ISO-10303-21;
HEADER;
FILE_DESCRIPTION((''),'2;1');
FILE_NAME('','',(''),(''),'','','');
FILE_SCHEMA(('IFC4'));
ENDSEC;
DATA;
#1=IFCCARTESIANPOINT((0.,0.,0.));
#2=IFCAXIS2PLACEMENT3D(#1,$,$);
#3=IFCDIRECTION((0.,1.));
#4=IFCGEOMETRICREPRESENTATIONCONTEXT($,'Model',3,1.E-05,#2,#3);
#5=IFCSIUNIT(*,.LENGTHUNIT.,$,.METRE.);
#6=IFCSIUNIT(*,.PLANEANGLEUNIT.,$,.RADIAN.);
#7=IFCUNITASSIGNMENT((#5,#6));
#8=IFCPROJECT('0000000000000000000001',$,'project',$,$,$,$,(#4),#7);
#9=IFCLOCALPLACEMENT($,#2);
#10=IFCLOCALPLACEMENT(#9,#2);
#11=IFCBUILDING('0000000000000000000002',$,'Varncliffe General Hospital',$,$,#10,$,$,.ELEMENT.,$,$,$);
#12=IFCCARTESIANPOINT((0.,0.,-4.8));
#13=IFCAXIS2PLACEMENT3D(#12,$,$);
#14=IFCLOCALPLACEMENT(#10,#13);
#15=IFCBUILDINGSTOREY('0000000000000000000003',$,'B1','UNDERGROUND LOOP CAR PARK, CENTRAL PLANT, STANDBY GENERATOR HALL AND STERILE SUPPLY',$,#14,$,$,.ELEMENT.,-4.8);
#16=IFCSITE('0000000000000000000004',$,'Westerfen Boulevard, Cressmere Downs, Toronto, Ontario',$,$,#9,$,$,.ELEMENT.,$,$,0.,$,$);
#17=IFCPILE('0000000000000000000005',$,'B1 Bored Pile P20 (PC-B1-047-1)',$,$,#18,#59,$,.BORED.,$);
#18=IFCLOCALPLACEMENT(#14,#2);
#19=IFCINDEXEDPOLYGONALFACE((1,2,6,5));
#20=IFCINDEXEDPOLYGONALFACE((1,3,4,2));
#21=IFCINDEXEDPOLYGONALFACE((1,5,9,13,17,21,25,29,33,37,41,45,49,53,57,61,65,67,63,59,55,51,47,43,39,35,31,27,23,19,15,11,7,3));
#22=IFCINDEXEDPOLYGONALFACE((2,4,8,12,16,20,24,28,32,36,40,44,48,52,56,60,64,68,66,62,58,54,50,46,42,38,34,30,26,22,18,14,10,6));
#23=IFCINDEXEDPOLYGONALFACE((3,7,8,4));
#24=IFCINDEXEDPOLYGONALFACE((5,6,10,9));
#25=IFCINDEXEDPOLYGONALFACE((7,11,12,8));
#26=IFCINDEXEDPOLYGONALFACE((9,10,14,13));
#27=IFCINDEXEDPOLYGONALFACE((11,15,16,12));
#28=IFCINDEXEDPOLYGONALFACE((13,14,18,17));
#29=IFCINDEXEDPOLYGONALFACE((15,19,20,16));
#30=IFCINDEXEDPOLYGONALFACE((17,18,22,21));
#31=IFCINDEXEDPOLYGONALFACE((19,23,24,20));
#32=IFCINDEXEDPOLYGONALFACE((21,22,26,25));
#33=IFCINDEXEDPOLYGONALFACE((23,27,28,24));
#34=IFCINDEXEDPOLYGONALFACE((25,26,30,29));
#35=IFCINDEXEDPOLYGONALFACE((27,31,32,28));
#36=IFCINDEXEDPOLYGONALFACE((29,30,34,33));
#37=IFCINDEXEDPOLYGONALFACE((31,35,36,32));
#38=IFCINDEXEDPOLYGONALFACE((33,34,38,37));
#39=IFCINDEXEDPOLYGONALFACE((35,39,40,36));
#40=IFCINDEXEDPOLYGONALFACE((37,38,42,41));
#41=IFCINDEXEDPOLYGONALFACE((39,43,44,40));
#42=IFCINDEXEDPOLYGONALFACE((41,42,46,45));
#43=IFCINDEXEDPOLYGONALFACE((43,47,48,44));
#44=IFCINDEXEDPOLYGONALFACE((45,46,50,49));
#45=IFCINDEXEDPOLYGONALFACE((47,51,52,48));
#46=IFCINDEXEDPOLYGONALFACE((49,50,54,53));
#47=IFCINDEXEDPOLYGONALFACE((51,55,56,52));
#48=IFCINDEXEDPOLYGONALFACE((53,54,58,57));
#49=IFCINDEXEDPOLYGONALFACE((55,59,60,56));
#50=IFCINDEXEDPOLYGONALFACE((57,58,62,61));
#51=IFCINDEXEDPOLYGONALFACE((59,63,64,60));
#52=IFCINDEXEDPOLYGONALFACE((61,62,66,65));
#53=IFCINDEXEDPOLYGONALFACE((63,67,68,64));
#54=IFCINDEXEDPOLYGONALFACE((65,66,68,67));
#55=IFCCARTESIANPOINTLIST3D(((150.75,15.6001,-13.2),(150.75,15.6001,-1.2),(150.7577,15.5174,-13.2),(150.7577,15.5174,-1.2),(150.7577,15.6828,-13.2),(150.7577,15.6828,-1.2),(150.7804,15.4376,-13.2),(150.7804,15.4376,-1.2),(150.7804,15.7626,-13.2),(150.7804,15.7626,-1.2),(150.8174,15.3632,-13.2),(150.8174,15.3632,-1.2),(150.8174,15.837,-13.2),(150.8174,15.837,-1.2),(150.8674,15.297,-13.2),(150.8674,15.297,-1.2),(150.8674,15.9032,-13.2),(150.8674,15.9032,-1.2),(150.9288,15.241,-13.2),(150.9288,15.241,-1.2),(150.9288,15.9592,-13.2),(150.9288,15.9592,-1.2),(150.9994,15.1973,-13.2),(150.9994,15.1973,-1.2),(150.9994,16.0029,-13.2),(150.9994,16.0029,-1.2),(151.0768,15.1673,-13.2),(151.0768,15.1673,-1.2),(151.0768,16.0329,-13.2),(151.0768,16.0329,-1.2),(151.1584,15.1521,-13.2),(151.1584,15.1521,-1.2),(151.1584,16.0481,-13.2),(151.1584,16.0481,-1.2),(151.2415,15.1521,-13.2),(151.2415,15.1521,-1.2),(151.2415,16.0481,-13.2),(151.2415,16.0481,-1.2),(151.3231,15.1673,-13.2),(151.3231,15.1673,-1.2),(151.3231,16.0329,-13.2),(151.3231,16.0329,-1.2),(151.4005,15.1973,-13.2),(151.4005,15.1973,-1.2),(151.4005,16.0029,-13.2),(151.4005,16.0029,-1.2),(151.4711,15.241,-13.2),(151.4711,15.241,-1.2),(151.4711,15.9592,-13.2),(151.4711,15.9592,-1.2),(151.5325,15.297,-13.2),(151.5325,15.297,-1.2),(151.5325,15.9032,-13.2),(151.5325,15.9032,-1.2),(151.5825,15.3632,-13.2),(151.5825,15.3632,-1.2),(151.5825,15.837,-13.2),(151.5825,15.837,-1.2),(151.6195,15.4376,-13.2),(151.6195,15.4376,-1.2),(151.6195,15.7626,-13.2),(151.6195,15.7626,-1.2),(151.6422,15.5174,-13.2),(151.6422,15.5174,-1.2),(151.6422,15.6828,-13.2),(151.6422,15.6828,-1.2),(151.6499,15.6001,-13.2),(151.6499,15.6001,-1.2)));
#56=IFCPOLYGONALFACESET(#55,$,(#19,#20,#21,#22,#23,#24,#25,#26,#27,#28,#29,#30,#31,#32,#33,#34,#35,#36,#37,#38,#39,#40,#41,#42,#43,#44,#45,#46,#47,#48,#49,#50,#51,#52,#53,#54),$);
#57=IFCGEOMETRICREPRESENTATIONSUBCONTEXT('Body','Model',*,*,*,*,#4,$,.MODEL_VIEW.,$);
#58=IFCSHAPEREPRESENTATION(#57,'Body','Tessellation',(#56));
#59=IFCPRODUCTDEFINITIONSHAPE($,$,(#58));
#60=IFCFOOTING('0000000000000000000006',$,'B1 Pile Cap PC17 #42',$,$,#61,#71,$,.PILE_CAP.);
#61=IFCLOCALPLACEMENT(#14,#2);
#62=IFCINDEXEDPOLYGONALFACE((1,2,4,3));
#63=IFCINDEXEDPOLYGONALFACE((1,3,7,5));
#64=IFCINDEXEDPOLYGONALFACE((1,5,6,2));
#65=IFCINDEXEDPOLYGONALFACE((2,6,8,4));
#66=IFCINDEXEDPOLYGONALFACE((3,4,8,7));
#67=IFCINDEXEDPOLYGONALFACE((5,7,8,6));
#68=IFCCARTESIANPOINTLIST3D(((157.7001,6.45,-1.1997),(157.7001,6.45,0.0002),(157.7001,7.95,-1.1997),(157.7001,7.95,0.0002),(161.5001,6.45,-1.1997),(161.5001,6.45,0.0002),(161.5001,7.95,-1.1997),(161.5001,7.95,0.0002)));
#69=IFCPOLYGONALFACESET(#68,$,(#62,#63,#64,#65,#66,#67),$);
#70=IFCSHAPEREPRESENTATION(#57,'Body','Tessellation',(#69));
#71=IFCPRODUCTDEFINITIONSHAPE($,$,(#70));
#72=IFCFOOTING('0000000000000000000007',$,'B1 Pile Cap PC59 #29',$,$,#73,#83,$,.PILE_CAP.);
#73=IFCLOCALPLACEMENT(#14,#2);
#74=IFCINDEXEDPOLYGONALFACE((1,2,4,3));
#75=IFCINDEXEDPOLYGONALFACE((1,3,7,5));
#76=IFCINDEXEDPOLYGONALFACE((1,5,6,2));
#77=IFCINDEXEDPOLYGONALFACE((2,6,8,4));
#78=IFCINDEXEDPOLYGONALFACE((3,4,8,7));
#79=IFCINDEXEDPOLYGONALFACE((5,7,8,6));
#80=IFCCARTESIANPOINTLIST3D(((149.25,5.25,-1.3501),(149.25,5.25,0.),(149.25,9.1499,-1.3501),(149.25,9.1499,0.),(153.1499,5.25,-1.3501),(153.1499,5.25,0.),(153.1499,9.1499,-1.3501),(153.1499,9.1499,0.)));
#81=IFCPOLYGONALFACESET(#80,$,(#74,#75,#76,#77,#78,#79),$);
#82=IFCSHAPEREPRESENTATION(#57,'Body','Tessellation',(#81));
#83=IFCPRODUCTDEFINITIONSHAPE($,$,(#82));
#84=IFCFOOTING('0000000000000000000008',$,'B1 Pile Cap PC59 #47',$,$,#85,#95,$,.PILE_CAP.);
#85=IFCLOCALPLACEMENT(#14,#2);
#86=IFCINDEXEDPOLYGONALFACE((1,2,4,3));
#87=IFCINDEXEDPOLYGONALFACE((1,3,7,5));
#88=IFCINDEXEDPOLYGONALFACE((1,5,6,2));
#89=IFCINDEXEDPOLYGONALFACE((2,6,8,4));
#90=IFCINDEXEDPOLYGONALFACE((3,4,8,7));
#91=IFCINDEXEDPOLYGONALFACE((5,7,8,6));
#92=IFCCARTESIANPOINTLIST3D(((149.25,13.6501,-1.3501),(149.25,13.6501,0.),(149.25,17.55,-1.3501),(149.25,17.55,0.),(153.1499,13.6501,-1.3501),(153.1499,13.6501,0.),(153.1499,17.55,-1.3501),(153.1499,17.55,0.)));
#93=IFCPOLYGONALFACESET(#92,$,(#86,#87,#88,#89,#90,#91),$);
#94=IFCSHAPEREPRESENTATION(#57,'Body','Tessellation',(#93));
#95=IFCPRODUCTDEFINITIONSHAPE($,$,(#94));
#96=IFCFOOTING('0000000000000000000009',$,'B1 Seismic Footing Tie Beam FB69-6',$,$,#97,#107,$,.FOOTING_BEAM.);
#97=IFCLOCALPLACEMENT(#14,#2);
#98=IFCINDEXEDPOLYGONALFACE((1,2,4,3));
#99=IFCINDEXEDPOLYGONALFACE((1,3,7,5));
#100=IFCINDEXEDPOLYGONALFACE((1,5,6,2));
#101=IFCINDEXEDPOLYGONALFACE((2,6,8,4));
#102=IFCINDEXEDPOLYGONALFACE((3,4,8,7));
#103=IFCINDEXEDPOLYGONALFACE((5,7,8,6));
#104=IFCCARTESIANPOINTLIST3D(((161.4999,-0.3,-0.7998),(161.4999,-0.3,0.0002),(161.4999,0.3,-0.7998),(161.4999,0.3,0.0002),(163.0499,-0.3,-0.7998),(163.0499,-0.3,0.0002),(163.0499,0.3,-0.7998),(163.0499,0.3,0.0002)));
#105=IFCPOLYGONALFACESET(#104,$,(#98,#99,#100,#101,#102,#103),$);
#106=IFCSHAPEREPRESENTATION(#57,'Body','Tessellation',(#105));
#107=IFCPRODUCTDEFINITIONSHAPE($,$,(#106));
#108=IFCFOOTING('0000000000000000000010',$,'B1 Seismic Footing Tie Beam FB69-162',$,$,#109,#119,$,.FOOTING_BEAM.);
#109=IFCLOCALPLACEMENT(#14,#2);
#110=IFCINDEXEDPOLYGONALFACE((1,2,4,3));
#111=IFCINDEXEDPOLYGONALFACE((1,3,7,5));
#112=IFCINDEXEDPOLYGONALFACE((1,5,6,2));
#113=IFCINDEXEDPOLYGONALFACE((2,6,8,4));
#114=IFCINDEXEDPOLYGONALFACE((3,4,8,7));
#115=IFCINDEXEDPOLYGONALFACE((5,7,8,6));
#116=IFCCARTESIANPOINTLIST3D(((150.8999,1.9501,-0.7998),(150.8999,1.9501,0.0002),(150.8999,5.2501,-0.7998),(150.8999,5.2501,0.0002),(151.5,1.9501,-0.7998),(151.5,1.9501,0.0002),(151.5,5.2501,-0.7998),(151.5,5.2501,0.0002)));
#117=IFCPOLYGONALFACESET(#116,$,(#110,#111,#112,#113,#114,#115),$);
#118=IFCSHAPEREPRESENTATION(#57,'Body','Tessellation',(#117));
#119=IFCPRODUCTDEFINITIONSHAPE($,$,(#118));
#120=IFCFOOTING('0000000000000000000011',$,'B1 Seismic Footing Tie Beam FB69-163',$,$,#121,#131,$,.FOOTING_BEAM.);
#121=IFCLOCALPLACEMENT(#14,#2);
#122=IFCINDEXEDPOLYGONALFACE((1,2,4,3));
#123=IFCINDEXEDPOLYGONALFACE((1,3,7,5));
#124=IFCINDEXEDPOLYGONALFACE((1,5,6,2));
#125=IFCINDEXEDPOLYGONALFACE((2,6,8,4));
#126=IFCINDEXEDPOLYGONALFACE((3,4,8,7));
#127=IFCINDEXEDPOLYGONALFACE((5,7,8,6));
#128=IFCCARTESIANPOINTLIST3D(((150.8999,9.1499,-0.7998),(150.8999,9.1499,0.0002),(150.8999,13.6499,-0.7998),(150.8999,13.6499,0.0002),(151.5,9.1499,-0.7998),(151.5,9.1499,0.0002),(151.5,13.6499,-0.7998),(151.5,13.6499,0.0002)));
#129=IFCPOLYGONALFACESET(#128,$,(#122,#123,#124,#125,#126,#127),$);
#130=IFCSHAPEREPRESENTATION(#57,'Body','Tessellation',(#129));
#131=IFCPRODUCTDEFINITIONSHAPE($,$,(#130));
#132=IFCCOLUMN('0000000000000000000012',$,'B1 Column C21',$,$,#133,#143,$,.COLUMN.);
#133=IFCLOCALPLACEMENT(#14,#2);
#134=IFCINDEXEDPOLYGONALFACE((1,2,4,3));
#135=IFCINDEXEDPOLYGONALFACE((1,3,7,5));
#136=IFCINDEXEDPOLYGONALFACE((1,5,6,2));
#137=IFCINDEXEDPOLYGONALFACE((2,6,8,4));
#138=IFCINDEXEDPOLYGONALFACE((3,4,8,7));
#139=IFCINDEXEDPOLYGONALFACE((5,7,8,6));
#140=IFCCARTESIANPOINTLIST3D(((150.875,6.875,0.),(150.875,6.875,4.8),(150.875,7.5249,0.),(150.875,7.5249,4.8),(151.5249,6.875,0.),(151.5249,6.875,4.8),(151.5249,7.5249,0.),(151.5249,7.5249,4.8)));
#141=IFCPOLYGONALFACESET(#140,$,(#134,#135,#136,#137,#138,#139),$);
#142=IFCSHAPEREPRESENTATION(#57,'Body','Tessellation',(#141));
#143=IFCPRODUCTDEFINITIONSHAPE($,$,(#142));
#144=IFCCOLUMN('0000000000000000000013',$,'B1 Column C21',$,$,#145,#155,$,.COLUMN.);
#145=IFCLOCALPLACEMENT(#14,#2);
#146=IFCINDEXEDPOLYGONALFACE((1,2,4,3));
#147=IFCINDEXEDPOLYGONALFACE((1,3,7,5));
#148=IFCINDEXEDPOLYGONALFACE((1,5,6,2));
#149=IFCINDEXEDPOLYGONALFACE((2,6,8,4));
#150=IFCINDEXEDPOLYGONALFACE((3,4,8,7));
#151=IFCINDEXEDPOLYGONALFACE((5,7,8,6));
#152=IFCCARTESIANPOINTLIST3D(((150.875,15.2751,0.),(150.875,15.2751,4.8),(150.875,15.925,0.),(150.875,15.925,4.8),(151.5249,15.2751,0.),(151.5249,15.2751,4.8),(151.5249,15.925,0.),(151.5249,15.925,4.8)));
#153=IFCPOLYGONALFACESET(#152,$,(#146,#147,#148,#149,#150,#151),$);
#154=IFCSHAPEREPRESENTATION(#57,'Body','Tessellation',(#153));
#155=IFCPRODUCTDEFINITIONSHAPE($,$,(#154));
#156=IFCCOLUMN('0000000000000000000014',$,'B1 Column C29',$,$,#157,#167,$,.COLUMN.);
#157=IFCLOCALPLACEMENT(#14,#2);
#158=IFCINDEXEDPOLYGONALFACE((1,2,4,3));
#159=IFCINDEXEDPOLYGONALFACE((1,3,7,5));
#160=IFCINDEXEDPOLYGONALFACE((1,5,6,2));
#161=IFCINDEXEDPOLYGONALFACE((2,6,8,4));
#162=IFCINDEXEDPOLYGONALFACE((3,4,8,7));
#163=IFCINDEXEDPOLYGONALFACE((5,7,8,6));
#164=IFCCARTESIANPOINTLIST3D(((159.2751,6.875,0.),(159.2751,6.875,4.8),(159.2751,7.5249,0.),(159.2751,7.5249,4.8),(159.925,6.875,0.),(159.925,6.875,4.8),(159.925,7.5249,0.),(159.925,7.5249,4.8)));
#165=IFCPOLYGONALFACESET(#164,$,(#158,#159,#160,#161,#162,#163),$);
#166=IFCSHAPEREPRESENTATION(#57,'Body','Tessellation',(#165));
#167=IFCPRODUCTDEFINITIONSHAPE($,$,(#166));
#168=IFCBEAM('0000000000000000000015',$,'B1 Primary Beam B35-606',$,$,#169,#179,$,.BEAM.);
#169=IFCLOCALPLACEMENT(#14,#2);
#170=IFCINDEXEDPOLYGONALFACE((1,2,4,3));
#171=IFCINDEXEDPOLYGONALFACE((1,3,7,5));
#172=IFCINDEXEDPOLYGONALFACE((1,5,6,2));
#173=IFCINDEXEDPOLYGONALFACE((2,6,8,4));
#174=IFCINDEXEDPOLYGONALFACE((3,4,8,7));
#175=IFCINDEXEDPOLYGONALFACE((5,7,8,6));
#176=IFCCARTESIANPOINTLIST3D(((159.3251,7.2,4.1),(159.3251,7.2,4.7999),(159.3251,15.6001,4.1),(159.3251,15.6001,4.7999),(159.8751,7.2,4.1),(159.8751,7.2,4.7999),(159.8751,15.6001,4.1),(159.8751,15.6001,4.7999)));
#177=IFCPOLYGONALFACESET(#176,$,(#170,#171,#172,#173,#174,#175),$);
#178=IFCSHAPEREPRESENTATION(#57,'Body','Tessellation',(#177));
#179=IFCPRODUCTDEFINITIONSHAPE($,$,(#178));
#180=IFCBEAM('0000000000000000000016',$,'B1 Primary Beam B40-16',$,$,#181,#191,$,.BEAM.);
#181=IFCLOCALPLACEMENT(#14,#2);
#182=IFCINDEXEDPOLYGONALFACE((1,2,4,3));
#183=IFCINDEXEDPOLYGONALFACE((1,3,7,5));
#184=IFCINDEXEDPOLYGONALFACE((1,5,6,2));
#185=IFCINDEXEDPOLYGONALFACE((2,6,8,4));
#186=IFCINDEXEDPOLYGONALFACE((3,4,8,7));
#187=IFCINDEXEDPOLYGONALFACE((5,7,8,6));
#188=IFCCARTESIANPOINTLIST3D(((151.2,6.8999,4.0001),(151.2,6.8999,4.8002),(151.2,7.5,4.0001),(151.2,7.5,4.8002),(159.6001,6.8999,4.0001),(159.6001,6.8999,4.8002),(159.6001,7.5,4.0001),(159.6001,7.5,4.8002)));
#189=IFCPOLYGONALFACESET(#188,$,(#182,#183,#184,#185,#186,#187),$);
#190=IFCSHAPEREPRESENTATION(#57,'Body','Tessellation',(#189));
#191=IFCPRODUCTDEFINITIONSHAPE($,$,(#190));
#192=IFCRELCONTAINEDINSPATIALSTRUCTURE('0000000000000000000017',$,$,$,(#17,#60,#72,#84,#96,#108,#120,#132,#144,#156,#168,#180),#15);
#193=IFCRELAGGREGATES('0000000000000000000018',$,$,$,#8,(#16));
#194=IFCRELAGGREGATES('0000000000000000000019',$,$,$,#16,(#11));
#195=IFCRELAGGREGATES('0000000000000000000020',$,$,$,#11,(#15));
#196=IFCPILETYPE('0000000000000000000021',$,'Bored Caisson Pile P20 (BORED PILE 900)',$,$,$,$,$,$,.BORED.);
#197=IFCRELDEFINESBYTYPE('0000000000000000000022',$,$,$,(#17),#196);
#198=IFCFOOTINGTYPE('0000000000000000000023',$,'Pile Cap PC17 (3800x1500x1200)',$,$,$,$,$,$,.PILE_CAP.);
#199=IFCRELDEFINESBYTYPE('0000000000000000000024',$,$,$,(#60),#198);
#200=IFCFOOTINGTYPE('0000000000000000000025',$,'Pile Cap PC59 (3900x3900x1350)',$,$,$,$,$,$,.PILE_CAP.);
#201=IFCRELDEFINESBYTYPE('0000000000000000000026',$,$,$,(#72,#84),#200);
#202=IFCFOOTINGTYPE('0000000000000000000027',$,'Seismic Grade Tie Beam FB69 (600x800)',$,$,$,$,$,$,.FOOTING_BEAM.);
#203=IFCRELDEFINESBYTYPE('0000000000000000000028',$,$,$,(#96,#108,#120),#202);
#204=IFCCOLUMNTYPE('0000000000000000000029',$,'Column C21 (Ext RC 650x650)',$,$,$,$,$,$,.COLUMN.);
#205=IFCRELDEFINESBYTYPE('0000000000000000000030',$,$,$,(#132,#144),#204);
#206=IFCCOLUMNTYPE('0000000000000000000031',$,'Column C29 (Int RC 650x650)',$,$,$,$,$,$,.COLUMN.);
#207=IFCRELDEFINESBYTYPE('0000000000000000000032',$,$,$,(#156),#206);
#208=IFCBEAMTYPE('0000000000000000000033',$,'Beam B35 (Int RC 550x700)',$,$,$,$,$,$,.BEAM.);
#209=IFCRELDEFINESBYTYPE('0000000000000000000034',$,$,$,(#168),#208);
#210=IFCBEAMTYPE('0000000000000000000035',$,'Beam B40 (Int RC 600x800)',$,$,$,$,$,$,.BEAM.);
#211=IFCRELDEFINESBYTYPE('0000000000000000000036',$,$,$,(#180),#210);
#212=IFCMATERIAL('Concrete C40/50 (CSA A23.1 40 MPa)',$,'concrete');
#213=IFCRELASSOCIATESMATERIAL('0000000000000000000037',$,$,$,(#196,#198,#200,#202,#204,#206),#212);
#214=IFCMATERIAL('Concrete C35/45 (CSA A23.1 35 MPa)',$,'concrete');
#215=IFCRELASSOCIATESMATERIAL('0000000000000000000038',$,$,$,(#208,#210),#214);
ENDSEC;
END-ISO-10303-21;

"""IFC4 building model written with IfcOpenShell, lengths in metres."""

from ifc_helpers import new_model, si_unit, direction, frame, origin, origin_2d, place, context, subcontext, project, spatial, rectangle, circle, extrude, material, material_profile, profile_set, type_object, element, save


model = new_model("IFC4")

# Units and contexts
model_context = context("Model", 3, precision=1e-05, world=origin(), true_north=direction((0.0, 1.0)))
body_context = subcontext(model_context, "Body", "Model", "MODEL_VIEW")
ifc_project = project(units=[si_unit("LENGTHUNIT", "METRE"), si_unit("PLANEANGLEUNIT", "RADIAN")], contexts=[model_context])

# Site, building, storey
site_placement = place(None, origin())
site = spatial("IfcSite", under=ifc_project, at=site_placement, Name="Westerfen Boulevard, Cressmere Downs, Toronto, Ontario", CompositionType="ELEMENT", RefElevation=0.0)
building_placement = place(site_placement, origin())
building = spatial("IfcBuilding", under=site, at=building_placement, Name="Varncliffe General Hospital", CompositionType="ELEMENT")
storey_placement = place(building_placement, frame((0.0, 0.0, -4.8)))
storey = spatial("IfcBuildingStorey", under=building, at=storey_placement, Name="B1", Description="UNDERGROUND LOOP CAR PARK, CENTRAL PLANT, STANDBY GENERATOR HALL AND STERILE SUPPLY", CompositionType="ELEMENT", Elevation=-4.8)

# Pile
ifc_material_1 = material(Name="Concrete C40/50 (CSA A23.1 40 MPa)", Category="concrete")
ifc_material_profile_1 = material_profile(ifc_material_1, circle(Radius=0.45, at=origin_2d()), Name="BORED PILE 900")
ifc_profile_set_1 = profile_set([ifc_material_profile_1], Name="Concrete C40/50 (CSA A23.1 40 MPa)")
pile_type_1 = type_object("IfcPileType", Name="Bored Caisson Pile P20 (BORED PILE 900)", PredefinedType="BORED", material=ifc_profile_set_1)
for number, where, z_axis, x_axis, name in (
    (1, (151.2, 15.6001, -1.2), (0.0, 0.0, -1.0), (1.0, 0.0, 0.0), "B1 Bored Pile P20 (PC-B1-047-1)"),
):
    element("IfcPile", number, at=place(storey_placement, frame(where, z_axis=z_axis, x_axis=x_axis)), inside=storey, type_object=pile_type_1, Name=name, PredefinedType="BORED", context=body_context, shape_type="SweptSolid", body=[
        extrude(circle(Radius=0.45, at=origin_2d()), origin(), (0.0, 0.0, 1.0), 12.0),
    ])

# Footings
footing_type_1 = type_object("IfcFootingType", Name="Pile Cap PC17 (3800x1500x1200)", PredefinedType="PILE_CAP", material=ifc_material_1)
footing_1_placement = place(storey_placement, frame((159.6001, 7.2, -1.1997), z_axis=(0.0, 0.0, 1.0), x_axis=(1.0, 0.0, 0.0)))
element("IfcFooting", 2, at=footing_1_placement, inside=storey, type_object=footing_type_1, Name="B1 Pile Cap PC17 #42", PredefinedType="PILE_CAP", context=body_context, shape_type="SweptSolid", body=[
    extrude(rectangle(XDim=3.8, YDim=1.5, at=origin_2d()), origin(), (0.0, 0.0, 1.0), 1.2),
])
footing_type_2 = type_object("IfcFootingType", Name="Pile Cap PC59 (3900x3900x1350)", PredefinedType="PILE_CAP", material=ifc_material_1)
for number, where, z_axis, x_axis, name in (
    (3, (151.2, 7.2, -1.3501), (0.0, 0.0, 1.0), (1.0, 0.0, 0.0), "B1 Pile Cap PC59 #29"),
    (4, (151.2, 15.6001, -1.3501), (0.0, 0.0, 1.0), (1.0, 0.0, 0.0), "B1 Pile Cap PC59 #47"),
):
    element("IfcFooting", number, at=place(storey_placement, frame(where, z_axis=z_axis, x_axis=x_axis)), inside=storey, type_object=footing_type_2, Name=name, PredefinedType="PILE_CAP", context=body_context, shape_type="SweptSolid", body=[
        extrude(rectangle(XDim=3.8999, YDim=3.8999, at=origin_2d()), origin(), (0.0, 0.0, 1.0), 1.3501),
    ])
footing_type_3 = type_object("IfcFootingType", Name="Seismic Grade Tie Beam FB69 (600x800)", PredefinedType="FOOTING_BEAM", material=ifc_material_1)
footing_2_placement = place(storey_placement, frame((162.2749, 0.0, -0.7998), z_axis=(0.0, 0.0, 1.0), x_axis=(1.0, 0.0, 0.0)))
element("IfcFooting", 5, at=footing_2_placement, inside=storey, type_object=footing_type_3, Name="B1 Seismic Footing Tie Beam FB69-6", PredefinedType="FOOTING_BEAM", context=body_context, shape_type="SweptSolid", body=[
    extrude(rectangle(XDim=1.55, YDim=0.6001, at=origin_2d()), origin(), (0.0, 0.0, 1.0), 0.8),
])
footing_3_placement = place(storey_placement, frame((151.2, 3.6001, -0.7998), z_axis=(0.0, 0.0, 1.0), x_axis=(1.0, 0.0, 0.0)))
element("IfcFooting", 6, at=footing_3_placement, inside=storey, type_object=footing_type_3, Name="B1 Seismic Footing Tie Beam FB69-162", PredefinedType="FOOTING_BEAM", context=body_context, shape_type="SweptSolid", body=[
    extrude(rectangle(XDim=0.6001, YDim=3.3, at=origin_2d()), origin(), (0.0, 0.0, 1.0), 0.8),
])
footing_4_placement = place(storey_placement, frame((151.2, 11.3999, -0.7998), z_axis=(0.0, 0.0, 1.0), x_axis=(1.0, 0.0, 0.0)))
element("IfcFooting", 7, at=footing_4_placement, inside=storey, type_object=footing_type_3, Name="B1 Seismic Footing Tie Beam FB69-163", PredefinedType="FOOTING_BEAM", context=body_context, shape_type="SweptSolid", body=[
    extrude(rectangle(XDim=0.6001, YDim=4.5, at=origin_2d()), origin(), (0.0, 0.0, 1.0), 0.8),
])

# Columns
ifc_material_profile_2 = material_profile(ifc_material_1, rectangle(XDim=0.6499, YDim=0.6499, at=origin_2d()), Name="RC 650x650")
ifc_profile_set_2 = profile_set([ifc_material_profile_2], Name="Concrete C40/50 (CSA A23.1 40 MPa)")
column_type_1 = type_object("IfcColumnType", Name="Column C21 (Ext RC 650x650)", PredefinedType="COLUMN", material=ifc_profile_set_2)
for number, where, z_axis, x_axis, name in (
    (8, (151.2, 7.2, 0.0), (0.0, 0.0, 1.0), (1.0, 0.0, 0.0), "B1 Column C21"),
    (9, (151.2, 15.6001, 0.0), (0.0, 0.0, 1.0), (1.0, 0.0, 0.0), "B1 Column C21"),
):
    element("IfcColumn", number, at=place(storey_placement, frame(where, z_axis=z_axis, x_axis=x_axis)), inside=storey, type_object=column_type_1, Name=name, PredefinedType="COLUMN", context=body_context, shape_type="SweptSolid", body=[
        extrude(rectangle(XDim=0.6499, YDim=0.6499, at=origin_2d()), origin(), (0.0, 0.0, 1.0), 4.8),
    ])
ifc_material_profile_3 = material_profile(ifc_material_1, rectangle(XDim=0.6499, YDim=0.6499, at=origin_2d()), Name="RC 650x650")
ifc_profile_set_3 = profile_set([ifc_material_profile_3], Name="Concrete C40/50 (CSA A23.1 40 MPa)")
column_type_2 = type_object("IfcColumnType", Name="Column C29 (Int RC 650x650)", PredefinedType="COLUMN", material=ifc_profile_set_3)
column_placement = place(storey_placement, frame((159.6001, 7.2, 0.0), z_axis=(0.0, 0.0, 1.0), x_axis=(1.0, 0.0, 0.0)))
element("IfcColumn", 10, at=column_placement, inside=storey, type_object=column_type_2, Name="B1 Column C29", PredefinedType="COLUMN", context=body_context, shape_type="SweptSolid", body=[
    extrude(rectangle(XDim=0.6499, YDim=0.6499, at=origin_2d()), origin(), (0.0, 0.0, 1.0), 4.8),
])

# Beams
ifc_material_2 = material(Name="Concrete C35/45 (CSA A23.1 35 MPa)", Category="concrete")
ifc_material_profile_4 = material_profile(ifc_material_2, rectangle(XDim=0.55, YDim=0.7, at=origin_2d()), Name="RC 550x700")
ifc_profile_set_4 = profile_set([ifc_material_profile_4], Name="Concrete C35/45 (CSA A23.1 35 MPa)")
beam_type_1 = type_object("IfcBeamType", Name="Beam B35 (Int RC 550x700)", PredefinedType="BEAM", material=ifc_profile_set_4)
beam_1_placement = place(storey_placement, frame((159.6001, 7.2, 4.45), z_axis=(0.0, 1.0, 0.0), x_axis=(-1.0, 0.0, 0.0)))
element("IfcBeam", 11, at=beam_1_placement, inside=storey, type_object=beam_type_1, Name="B1 Primary Beam B35-606", PredefinedType="BEAM", context=body_context, shape_type="SweptSolid", body=[
    extrude(rectangle(XDim=0.55, YDim=0.7, at=origin_2d()), origin(), (0.0, 0.0, 1.0), 8.4001),
])
ifc_material_profile_5 = material_profile(ifc_material_2, rectangle(XDim=0.6001, YDim=0.8, at=origin_2d()), Name="RC 600x800")
ifc_profile_set_5 = profile_set([ifc_material_profile_5], Name="Concrete C35/45 (CSA A23.1 35 MPa)")
beam_type_2 = type_object("IfcBeamType", Name="Beam B40 (Int RC 600x800)", PredefinedType="BEAM", material=ifc_profile_set_5)
beam_2_placement = place(storey_placement, frame((151.2, 7.2, 4.4001), z_axis=(1.0, 0.0, 0.0), x_axis=(0.0, 1.0, 0.0)))
element("IfcBeam", 12, at=beam_2_placement, inside=storey, type_object=beam_type_2, Name="B1 Primary Beam B40-16", PredefinedType="BEAM", context=body_context, shape_type="SweptSolid", body=[
    extrude(rectangle(XDim=0.6001, YDim=0.8, at=origin_2d()), origin(), (0.0, 0.0, 1.0), 8.4001),
])

save(model, "model.ifc")
